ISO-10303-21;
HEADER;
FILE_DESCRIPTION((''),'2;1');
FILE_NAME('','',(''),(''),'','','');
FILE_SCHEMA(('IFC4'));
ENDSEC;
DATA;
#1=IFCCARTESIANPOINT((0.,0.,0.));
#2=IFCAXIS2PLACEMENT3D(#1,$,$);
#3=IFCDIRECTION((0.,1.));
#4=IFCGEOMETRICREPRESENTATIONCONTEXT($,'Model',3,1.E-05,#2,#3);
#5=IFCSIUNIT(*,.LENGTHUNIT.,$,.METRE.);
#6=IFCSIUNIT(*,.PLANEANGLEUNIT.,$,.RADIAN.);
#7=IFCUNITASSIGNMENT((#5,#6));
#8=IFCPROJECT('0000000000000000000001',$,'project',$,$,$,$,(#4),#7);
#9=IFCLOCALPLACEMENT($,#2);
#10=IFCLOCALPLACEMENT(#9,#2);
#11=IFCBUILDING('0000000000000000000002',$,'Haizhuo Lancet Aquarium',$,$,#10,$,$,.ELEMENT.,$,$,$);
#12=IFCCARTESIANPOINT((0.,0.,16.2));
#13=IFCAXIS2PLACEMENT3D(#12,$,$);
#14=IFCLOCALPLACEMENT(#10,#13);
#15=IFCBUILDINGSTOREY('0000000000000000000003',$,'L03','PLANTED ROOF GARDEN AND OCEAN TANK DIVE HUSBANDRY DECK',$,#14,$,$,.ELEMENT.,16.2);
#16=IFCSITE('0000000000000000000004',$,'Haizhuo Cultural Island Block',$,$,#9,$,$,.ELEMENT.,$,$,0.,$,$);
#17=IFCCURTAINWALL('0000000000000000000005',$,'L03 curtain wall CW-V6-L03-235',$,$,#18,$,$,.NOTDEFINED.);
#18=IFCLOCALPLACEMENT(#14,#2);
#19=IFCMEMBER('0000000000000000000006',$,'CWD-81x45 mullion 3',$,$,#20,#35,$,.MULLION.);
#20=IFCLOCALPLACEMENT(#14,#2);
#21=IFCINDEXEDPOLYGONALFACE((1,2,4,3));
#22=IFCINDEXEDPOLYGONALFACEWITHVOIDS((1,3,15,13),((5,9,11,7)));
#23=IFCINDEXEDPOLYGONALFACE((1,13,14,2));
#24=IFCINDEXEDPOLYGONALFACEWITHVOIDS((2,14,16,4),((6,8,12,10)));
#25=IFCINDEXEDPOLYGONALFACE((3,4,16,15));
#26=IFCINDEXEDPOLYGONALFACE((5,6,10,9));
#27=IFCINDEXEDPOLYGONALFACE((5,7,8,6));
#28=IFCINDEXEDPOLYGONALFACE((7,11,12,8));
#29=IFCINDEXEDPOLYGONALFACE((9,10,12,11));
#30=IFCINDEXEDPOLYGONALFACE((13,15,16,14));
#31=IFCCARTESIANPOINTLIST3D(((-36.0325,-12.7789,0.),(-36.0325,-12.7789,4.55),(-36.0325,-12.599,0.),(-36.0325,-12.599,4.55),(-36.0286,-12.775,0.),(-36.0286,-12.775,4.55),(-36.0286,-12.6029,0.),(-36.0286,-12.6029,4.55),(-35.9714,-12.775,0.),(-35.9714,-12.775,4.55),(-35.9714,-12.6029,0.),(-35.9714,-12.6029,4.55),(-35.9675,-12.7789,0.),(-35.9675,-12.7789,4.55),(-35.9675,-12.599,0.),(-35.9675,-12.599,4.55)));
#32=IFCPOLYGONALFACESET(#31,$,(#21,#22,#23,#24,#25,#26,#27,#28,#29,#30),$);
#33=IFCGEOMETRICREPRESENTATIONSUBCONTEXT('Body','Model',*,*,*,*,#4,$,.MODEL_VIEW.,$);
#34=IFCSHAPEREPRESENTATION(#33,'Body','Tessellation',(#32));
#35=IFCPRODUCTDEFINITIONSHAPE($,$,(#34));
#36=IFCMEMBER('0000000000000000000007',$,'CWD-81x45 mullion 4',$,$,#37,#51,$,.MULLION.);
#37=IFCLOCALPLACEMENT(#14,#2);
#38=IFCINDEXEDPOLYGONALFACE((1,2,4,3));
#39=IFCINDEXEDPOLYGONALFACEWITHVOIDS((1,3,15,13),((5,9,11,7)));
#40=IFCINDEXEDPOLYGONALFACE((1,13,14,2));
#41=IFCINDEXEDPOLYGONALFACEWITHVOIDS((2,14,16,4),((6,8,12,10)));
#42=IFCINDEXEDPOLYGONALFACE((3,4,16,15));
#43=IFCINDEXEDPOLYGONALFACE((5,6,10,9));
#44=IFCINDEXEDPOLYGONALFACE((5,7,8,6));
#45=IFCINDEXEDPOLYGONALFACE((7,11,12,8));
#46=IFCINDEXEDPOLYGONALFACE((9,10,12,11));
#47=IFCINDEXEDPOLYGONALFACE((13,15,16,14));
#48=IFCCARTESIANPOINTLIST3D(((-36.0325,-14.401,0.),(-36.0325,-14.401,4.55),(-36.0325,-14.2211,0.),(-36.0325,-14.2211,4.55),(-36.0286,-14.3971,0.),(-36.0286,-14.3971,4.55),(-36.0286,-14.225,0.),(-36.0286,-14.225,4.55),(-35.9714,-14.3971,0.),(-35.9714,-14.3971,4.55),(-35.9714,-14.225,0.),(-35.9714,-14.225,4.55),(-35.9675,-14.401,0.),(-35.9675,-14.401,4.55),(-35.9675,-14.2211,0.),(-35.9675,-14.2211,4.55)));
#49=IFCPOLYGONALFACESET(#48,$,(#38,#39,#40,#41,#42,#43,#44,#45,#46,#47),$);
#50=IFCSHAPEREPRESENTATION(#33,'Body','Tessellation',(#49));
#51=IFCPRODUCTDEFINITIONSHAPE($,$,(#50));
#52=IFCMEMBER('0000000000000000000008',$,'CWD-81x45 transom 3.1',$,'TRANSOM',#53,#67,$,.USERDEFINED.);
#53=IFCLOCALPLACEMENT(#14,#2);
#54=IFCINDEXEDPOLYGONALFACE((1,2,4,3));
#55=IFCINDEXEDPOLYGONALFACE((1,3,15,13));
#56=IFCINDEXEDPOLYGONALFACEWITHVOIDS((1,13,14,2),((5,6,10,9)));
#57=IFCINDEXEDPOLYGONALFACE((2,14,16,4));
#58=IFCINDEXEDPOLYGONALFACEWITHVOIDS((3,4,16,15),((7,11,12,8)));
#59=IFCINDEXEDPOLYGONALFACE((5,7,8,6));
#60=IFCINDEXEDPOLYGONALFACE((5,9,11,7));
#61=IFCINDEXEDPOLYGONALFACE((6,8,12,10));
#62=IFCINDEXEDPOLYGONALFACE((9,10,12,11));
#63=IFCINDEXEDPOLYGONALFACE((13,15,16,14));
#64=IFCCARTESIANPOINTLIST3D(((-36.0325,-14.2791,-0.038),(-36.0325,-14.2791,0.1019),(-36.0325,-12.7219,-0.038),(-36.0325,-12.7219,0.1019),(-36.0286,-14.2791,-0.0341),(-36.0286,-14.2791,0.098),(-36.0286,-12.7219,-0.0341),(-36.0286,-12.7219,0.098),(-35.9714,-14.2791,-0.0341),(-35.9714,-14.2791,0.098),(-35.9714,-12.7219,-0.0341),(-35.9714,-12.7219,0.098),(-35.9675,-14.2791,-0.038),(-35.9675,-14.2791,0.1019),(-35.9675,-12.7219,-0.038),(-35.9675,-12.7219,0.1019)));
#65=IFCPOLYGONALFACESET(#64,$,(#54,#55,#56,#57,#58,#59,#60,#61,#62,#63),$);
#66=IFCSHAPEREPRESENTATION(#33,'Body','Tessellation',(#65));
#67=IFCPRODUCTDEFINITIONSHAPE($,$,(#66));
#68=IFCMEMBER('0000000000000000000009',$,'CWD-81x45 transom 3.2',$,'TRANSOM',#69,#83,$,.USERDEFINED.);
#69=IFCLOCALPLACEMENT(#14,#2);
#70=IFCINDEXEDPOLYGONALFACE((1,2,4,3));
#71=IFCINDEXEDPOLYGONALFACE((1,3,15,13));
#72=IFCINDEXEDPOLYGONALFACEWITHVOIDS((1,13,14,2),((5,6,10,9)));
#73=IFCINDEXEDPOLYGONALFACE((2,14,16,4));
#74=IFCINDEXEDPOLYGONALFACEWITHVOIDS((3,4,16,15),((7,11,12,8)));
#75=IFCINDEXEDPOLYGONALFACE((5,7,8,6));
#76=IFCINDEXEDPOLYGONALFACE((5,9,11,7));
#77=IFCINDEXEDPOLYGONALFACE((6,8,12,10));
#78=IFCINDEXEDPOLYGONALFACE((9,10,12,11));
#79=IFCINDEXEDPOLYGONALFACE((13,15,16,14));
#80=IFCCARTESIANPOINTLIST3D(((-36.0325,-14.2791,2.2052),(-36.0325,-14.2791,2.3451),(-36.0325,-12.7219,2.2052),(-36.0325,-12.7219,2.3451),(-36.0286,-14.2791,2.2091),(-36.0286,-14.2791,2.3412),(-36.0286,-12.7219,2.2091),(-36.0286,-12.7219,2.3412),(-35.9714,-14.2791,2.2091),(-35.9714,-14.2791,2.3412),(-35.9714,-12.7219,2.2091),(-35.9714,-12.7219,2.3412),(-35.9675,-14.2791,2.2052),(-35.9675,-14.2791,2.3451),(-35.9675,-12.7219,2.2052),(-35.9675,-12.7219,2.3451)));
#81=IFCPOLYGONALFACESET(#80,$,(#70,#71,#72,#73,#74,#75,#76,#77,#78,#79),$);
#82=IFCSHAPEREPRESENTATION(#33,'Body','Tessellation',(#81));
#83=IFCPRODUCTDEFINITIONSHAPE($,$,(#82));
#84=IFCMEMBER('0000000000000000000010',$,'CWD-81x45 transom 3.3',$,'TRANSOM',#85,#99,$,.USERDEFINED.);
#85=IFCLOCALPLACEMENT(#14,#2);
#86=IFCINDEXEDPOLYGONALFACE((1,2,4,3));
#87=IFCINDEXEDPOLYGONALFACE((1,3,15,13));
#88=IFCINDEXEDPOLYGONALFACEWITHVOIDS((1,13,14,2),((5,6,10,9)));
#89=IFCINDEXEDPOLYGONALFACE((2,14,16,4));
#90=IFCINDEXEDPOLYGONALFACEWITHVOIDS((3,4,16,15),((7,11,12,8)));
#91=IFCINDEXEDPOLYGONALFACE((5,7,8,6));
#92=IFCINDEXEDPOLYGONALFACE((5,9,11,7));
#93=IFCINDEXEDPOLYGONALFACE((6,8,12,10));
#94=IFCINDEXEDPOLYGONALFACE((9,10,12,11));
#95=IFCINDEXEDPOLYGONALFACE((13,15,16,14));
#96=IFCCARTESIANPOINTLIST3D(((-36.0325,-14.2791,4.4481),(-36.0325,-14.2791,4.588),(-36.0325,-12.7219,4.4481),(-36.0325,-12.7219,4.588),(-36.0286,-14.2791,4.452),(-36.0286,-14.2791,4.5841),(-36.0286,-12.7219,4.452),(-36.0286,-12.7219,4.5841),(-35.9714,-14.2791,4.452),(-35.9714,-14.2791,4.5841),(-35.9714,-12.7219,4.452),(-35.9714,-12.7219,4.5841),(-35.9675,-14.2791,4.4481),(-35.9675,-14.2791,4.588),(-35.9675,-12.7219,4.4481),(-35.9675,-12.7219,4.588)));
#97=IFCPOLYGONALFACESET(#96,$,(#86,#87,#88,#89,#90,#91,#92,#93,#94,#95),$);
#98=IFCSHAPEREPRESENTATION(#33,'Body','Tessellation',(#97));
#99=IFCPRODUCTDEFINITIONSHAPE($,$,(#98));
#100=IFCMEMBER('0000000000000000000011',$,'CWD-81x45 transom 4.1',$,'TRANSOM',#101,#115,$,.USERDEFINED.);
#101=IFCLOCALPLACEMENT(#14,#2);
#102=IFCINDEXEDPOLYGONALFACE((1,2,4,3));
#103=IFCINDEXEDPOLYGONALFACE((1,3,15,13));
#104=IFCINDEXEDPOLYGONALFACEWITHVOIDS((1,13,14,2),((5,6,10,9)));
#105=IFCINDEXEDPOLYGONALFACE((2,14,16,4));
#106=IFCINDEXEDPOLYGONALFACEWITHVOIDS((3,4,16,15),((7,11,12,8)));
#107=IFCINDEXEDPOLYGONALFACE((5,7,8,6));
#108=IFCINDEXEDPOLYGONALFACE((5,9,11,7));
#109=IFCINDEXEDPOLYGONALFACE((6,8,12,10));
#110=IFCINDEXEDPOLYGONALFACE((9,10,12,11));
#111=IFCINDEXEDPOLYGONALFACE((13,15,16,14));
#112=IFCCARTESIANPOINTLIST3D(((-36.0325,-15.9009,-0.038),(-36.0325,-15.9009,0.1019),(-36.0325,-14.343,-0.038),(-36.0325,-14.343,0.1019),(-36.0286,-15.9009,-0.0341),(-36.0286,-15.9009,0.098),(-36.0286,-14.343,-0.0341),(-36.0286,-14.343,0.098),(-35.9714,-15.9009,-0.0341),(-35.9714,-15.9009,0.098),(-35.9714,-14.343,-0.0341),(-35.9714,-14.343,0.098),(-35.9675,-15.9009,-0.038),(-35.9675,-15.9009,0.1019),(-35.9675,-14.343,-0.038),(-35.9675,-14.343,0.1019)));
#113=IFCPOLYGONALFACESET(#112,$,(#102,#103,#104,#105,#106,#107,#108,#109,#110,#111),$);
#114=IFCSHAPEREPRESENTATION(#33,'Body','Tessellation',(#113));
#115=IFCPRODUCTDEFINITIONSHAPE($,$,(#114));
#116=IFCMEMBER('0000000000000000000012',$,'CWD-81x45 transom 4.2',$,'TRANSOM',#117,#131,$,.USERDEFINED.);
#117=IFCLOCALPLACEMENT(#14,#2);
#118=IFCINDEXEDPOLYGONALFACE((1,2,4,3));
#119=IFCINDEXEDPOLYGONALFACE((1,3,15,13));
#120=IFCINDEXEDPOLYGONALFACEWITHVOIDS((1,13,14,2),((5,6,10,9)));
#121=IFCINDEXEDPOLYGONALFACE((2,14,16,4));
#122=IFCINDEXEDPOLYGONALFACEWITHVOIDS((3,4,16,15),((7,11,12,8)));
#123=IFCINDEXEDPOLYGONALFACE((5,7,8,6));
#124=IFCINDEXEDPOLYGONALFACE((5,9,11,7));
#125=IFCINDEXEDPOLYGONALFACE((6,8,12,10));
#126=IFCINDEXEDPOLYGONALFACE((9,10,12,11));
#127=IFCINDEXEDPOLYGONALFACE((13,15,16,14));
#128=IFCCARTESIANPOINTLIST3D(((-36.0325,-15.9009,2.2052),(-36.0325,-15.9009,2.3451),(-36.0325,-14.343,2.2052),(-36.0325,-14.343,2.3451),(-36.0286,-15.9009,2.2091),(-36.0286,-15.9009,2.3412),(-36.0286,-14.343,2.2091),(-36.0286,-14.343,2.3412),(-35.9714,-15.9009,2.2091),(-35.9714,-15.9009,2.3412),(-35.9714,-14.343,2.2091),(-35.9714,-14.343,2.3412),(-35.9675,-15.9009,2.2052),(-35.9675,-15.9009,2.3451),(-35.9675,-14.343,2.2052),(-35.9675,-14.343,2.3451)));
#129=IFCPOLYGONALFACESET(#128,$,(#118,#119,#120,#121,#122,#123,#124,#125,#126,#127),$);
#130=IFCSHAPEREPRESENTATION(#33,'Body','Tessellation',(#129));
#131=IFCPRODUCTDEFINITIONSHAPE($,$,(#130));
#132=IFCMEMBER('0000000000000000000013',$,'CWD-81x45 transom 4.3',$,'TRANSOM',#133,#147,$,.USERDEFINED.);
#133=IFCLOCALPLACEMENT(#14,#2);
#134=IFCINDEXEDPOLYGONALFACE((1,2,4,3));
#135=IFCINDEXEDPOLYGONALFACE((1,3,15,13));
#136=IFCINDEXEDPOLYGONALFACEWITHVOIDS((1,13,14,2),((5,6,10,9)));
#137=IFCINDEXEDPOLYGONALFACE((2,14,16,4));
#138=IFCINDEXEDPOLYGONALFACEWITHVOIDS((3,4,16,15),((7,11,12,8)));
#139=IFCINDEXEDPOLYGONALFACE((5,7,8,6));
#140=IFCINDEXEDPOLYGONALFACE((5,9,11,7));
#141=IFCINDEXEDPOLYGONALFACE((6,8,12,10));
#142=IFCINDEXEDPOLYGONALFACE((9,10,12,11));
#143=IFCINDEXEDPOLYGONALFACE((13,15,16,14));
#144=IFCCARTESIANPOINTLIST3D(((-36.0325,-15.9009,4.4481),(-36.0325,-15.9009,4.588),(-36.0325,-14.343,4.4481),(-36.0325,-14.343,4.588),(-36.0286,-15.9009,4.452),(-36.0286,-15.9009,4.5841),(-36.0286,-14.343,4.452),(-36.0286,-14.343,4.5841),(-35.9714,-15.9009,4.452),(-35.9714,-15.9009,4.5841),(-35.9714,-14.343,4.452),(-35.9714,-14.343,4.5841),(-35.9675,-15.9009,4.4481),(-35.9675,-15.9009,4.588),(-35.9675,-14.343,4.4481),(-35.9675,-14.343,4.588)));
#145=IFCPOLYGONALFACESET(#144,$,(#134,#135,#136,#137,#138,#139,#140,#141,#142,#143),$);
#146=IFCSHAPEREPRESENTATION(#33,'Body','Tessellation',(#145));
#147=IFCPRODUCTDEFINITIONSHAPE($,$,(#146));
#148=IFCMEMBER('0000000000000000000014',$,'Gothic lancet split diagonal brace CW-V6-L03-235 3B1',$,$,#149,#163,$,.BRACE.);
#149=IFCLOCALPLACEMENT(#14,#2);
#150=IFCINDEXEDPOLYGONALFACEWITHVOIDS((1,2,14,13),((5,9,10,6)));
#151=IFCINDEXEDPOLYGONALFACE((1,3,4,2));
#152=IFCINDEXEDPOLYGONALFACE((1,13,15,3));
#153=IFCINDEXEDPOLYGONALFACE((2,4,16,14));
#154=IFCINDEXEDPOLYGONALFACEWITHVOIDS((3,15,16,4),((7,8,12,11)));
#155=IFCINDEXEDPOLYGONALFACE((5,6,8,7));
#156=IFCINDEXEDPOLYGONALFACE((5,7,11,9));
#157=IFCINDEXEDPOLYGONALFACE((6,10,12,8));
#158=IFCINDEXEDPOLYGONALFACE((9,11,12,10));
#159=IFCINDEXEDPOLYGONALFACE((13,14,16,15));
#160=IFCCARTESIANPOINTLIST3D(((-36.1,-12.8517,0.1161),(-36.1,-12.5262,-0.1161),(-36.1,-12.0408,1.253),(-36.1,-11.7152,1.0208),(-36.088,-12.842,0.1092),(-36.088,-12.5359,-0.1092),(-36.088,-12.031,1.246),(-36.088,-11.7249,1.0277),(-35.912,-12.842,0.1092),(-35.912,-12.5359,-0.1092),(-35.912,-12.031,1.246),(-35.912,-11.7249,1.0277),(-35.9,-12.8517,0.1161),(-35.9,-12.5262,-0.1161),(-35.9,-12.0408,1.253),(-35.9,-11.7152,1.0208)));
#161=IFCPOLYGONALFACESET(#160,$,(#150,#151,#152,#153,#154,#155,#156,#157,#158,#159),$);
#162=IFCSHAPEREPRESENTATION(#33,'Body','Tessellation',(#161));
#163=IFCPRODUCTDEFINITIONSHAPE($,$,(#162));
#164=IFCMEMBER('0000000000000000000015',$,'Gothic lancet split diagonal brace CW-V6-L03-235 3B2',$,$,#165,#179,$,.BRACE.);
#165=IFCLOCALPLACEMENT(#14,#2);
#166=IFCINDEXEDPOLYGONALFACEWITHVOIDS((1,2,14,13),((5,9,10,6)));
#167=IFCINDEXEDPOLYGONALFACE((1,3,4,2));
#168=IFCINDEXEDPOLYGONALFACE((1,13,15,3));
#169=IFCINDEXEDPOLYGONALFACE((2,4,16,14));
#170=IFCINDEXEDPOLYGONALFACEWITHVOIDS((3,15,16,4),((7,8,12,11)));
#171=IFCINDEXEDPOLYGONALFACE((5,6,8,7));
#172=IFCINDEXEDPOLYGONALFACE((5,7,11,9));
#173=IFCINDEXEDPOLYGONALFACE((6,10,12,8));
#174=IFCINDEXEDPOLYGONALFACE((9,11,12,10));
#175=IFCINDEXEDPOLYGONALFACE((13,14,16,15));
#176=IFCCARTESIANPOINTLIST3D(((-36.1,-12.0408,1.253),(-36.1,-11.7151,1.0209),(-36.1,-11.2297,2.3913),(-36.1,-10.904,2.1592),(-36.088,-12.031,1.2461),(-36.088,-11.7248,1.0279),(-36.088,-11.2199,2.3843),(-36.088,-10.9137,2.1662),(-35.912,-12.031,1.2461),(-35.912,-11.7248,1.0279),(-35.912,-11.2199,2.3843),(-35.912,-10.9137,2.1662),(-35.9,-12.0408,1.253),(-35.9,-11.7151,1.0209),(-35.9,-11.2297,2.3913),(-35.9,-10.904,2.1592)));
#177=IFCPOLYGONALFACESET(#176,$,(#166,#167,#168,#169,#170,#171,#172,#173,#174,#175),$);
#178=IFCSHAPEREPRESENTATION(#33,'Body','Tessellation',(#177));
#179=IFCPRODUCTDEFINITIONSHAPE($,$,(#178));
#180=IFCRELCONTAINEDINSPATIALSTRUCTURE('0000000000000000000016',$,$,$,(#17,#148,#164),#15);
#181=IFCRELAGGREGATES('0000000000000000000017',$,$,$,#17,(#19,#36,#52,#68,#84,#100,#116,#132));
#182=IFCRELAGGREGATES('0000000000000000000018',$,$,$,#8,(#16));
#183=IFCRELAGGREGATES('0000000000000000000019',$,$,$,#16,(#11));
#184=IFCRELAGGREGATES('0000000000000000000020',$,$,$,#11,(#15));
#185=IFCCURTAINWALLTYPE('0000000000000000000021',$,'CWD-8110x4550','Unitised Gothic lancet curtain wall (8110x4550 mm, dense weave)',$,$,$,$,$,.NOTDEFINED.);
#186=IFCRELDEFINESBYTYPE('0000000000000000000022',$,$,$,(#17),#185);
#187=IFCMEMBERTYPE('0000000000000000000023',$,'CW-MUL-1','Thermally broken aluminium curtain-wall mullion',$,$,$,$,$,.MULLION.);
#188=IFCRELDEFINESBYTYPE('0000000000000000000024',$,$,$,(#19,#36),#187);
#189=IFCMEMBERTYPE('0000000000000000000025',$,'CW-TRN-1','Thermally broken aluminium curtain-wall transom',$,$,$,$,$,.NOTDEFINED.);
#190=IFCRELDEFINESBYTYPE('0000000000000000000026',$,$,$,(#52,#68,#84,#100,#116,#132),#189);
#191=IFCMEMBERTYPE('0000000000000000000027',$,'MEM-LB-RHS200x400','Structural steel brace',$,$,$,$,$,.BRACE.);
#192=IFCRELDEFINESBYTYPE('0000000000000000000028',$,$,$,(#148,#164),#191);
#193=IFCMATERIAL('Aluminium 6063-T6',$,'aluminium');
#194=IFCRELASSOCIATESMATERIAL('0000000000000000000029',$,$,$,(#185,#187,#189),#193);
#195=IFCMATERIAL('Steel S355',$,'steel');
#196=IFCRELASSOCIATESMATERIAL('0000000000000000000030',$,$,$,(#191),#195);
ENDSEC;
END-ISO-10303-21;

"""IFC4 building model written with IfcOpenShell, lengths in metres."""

from ifc_helpers import new_model, si_unit, direction, frame, origin, origin_2d, place, context, subcontext, project, spatial, hollow_rectangle, extrude, material, material_profile, profile_set, type_object, element, aggregate, save


model = new_model("IFC4")

# Units and contexts
model_context = context("Model", 3, precision=1e-05, world=origin(), true_north=direction((0.0, 1.0)))
body_context = subcontext(model_context, "Body", "Model", "MODEL_VIEW")
ifc_project = project(units=[si_unit("LENGTHUNIT", "METRE"), si_unit("PLANEANGLEUNIT", "RADIAN")], contexts=[model_context])

# Site, building, storey
site_placement = place(None, origin())
site = spatial("IfcSite", under=ifc_project, at=site_placement, Name="Haizhuo Cultural Island Block", CompositionType="ELEMENT", RefElevation=0.0)
building_placement = place(site_placement, origin())
building = spatial("IfcBuilding", under=site, at=building_placement, Name="Haizhuo Lancet Aquarium", CompositionType="ELEMENT")
storey_placement = place(building_placement, frame((0.0, 0.0, 16.2)))
storey = spatial("IfcBuildingStorey", under=building, at=storey_placement, Name="L03", Description="PLANTED ROOF GARDEN AND OCEAN TANK DIVE HUSBANDRY DECK", CompositionType="ELEMENT", Elevation=16.2)

# Curtain wall, members
ifc_material_1 = material(Name="Aluminium 6063-T6", Category="aluminium")
curtain_wall_type = type_object("IfcCurtainWallType", Name="CWD-8110x4550", Description="Unitised Gothic lancet curtain wall (8110x4550 mm, dense weave)", PredefinedType="NOTDEFINED", material=ifc_material_1)
curtain_wall_placement = place(storey_placement, origin())
curtain_wall = element("IfcCurtainWall", 1, at=curtain_wall_placement, inside=storey, type_object=curtain_wall_type, Name="L03 curtain wall CW-V6-L03-235", PredefinedType="NOTDEFINED")
ifc_material_profile_1 = material_profile(ifc_material_1, hollow_rectangle(XDim=0.0649, YDim=0.1799, WallThickness=0.0039, at=origin_2d()), Name="ALU-M 65x180x4")
ifc_profile_set_1 = profile_set([ifc_material_profile_1], Name="Aluminium 6063-T6")
member_type_1 = type_object("IfcMemberType", Name="CW-MUL-1", Description="Thermally broken aluminium curtain-wall mullion", PredefinedType="MULLION", material=ifc_profile_set_1)
member_1_placement = place(storey_placement, frame((-36.0, -12.689, 0.0), z_axis=(0.0, 0.0, 1.0), x_axis=(1.0, 0.0, 0.0)))
member_1 = element("IfcMember", 2, at=member_1_placement, type_object=member_type_1, Name="CWD-81x45 mullion 3", PredefinedType="MULLION", context=body_context, shape_type="SweptSolid", body=[
    extrude(hollow_rectangle(XDim=0.0649, YDim=0.1799, WallThickness=0.0039, at=origin_2d()), origin(), (0.0, 0.0, 1.0), 4.55),
])
member_2_placement = place(storey_placement, frame((-36.0, -14.311, 0.0), z_axis=(0.0, 0.0, 1.0), x_axis=(1.0, 0.0, 0.0)))
member_2 = element("IfcMember", 3, at=member_2_placement, type_object=member_type_1, Name="CWD-81x45 mullion 4", PredefinedType="MULLION", context=body_context, shape_type="SweptSolid", body=[
    extrude(hollow_rectangle(XDim=0.0649, YDim=0.1799, WallThickness=0.0039, at=origin_2d()), origin(), (0.0, 0.0, 1.0), 4.55),
])
ifc_material_profile_2 = material_profile(ifc_material_1, hollow_rectangle(XDim=0.0649, YDim=0.1399, WallThickness=0.0039, at=origin_2d()), Name="ALU-T 65x140x4")
ifc_profile_set_2 = profile_set([ifc_material_profile_2], Name="Aluminium 6063-T6")
member_type_2 = type_object("IfcMemberType", Name="CW-TRN-1", Description="Thermally broken aluminium curtain-wall transom", PredefinedType="NOTDEFINED", material=ifc_profile_set_2)
member_3_placement = place(storey_placement, frame((-36.0, -12.7219, 0.032), z_axis=(0.0, -1.0, 0.0), x_axis=(1.0, 0.0, 0.0)))
member_3 = element("IfcMember", 4, at=member_3_placement, type_object=member_type_2, Name="CWD-81x45 transom 3.1", ObjectType="TRANSOM", PredefinedType="USERDEFINED", context=body_context, shape_type="SweptSolid", body=[
    extrude(hollow_rectangle(XDim=0.0649, YDim=0.1399, WallThickness=0.0039, at=origin_2d()), origin(), (0.0, 0.0, 1.0), 1.5571),
])
member_4_placement = place(storey_placement, frame((-36.0, -12.7219, 2.2751), z_axis=(0.0, -1.0, 0.0), x_axis=(1.0, 0.0, 0.0)))
member_4 = element("IfcMember", 5, at=member_4_placement, type_object=member_type_2, Name="CWD-81x45 transom 3.2", ObjectType="TRANSOM", PredefinedType="USERDEFINED", context=body_context, shape_type="SweptSolid", body=[
    extrude(hollow_rectangle(XDim=0.0649, YDim=0.1399, WallThickness=0.0039, at=origin_2d()), origin(), (0.0, 0.0, 1.0), 1.5571),
])
member_5_placement = place(storey_placement, frame((-36.0, -12.7219, 4.5181), z_axis=(0.0, -1.0, 0.0), x_axis=(1.0, 0.0, 0.0)))
member_5 = element("IfcMember", 6, at=member_5_placement, type_object=member_type_2, Name="CWD-81x45 transom 3.3", ObjectType="TRANSOM", PredefinedType="USERDEFINED", context=body_context, shape_type="SweptSolid", body=[
    extrude(hollow_rectangle(XDim=0.0649, YDim=0.1399, WallThickness=0.0039, at=origin_2d()), origin(), (0.0, 0.0, 1.0), 1.5571),
])
member_6_placement = place(storey_placement, frame((-36.0, -14.343, 0.032), z_axis=(0.0, -1.0, 0.0), x_axis=(1.0, 0.0, 0.0)))
member_6 = element("IfcMember", 7, at=member_6_placement, type_object=member_type_2, Name="CWD-81x45 transom 4.1", ObjectType="TRANSOM", PredefinedType="USERDEFINED", context=body_context, shape_type="SweptSolid", body=[
    extrude(hollow_rectangle(XDim=0.0649, YDim=0.1399, WallThickness=0.0039, at=origin_2d()), origin(), (0.0, 0.0, 1.0), 1.5579),
])
member_7_placement = place(storey_placement, frame((-36.0, -14.343, 2.2751), z_axis=(0.0, -1.0, 0.0), x_axis=(1.0, 0.0, 0.0)))
member_7 = element("IfcMember", 8, at=member_7_placement, type_object=member_type_2, Name="CWD-81x45 transom 4.2", ObjectType="TRANSOM", PredefinedType="USERDEFINED", context=body_context, shape_type="SweptSolid", body=[
    extrude(hollow_rectangle(XDim=0.0649, YDim=0.1399, WallThickness=0.0039, at=origin_2d()), origin(), (0.0, 0.0, 1.0), 1.5579),
])
member_8_placement = place(storey_placement, frame((-36.0, -14.343, 4.5181), z_axis=(0.0, -1.0, 0.0), x_axis=(1.0, 0.0, 0.0)))
member_8 = element("IfcMember", 9, at=member_8_placement, type_object=member_type_2, Name="CWD-81x45 transom 4.3", ObjectType="TRANSOM", PredefinedType="USERDEFINED", context=body_context, shape_type="SweptSolid", body=[
    extrude(hollow_rectangle(XDim=0.0649, YDim=0.1399, WallThickness=0.0039, at=origin_2d()), origin(), (0.0, 0.0, 1.0), 1.5579),
])

# Members
ifc_material_2 = material(Name="Steel S355", Category="steel")
ifc_material_profile_3 = material_profile(ifc_material_2, hollow_rectangle(XDim=0.2, YDim=0.3999, WallThickness=0.012, at=origin_2d()), Name="RHS 200x400x12")
ifc_profile_set_3 = profile_set([ifc_material_profile_3], Name="Steel S355")
member_type_3 = type_object("IfcMemberType", Name="MEM-LB-RHS200x400", Description="Structural steel brace", PredefinedType="BRACE", material=ifc_profile_set_3)
member_9_placement = place(storey_placement, frame((-36.0, -12.689, 0.0), z_axis=(0.0, 0.580725, 0.814099), x_axis=(-1.0, 0.0, 0.0)))
element("IfcMember", 10, at=member_9_placement, inside=storey, type_object=member_type_3, Name="Gothic lancet split diagonal brace CW-V6-L03-235 3B1", PredefinedType="BRACE", context=body_context, shape_type="SweptSolid", body=[
    extrude(hollow_rectangle(XDim=0.2, YDim=0.3999, WallThickness=0.012, at=origin_2d()), origin(), (0.0, 0.0, 1.0), 1.3965),
])
member_10_placement = place(storey_placement, frame((-36.0, -11.8779, 1.137), z_axis=(0.0, 0.580312, 0.814394), x_axis=(-1.0, 0.0, 0.0)))
element("IfcMember", 11, at=member_10_placement, inside=storey, type_object=member_type_3, Name="Gothic lancet split diagonal brace CW-V6-L03-235 3B2", PredefinedType="BRACE", context=body_context, shape_type="SweptSolid", body=[
    extrude(hollow_rectangle(XDim=0.2, YDim=0.3999, WallThickness=0.012, at=origin_2d()), origin(), (0.0, 0.0, 1.0), 1.3977),
])

aggregate(curtain_wall, [member_1, member_2, member_3, member_4, member_5, member_6, member_7, member_8])

save(model, "model.ifc")
